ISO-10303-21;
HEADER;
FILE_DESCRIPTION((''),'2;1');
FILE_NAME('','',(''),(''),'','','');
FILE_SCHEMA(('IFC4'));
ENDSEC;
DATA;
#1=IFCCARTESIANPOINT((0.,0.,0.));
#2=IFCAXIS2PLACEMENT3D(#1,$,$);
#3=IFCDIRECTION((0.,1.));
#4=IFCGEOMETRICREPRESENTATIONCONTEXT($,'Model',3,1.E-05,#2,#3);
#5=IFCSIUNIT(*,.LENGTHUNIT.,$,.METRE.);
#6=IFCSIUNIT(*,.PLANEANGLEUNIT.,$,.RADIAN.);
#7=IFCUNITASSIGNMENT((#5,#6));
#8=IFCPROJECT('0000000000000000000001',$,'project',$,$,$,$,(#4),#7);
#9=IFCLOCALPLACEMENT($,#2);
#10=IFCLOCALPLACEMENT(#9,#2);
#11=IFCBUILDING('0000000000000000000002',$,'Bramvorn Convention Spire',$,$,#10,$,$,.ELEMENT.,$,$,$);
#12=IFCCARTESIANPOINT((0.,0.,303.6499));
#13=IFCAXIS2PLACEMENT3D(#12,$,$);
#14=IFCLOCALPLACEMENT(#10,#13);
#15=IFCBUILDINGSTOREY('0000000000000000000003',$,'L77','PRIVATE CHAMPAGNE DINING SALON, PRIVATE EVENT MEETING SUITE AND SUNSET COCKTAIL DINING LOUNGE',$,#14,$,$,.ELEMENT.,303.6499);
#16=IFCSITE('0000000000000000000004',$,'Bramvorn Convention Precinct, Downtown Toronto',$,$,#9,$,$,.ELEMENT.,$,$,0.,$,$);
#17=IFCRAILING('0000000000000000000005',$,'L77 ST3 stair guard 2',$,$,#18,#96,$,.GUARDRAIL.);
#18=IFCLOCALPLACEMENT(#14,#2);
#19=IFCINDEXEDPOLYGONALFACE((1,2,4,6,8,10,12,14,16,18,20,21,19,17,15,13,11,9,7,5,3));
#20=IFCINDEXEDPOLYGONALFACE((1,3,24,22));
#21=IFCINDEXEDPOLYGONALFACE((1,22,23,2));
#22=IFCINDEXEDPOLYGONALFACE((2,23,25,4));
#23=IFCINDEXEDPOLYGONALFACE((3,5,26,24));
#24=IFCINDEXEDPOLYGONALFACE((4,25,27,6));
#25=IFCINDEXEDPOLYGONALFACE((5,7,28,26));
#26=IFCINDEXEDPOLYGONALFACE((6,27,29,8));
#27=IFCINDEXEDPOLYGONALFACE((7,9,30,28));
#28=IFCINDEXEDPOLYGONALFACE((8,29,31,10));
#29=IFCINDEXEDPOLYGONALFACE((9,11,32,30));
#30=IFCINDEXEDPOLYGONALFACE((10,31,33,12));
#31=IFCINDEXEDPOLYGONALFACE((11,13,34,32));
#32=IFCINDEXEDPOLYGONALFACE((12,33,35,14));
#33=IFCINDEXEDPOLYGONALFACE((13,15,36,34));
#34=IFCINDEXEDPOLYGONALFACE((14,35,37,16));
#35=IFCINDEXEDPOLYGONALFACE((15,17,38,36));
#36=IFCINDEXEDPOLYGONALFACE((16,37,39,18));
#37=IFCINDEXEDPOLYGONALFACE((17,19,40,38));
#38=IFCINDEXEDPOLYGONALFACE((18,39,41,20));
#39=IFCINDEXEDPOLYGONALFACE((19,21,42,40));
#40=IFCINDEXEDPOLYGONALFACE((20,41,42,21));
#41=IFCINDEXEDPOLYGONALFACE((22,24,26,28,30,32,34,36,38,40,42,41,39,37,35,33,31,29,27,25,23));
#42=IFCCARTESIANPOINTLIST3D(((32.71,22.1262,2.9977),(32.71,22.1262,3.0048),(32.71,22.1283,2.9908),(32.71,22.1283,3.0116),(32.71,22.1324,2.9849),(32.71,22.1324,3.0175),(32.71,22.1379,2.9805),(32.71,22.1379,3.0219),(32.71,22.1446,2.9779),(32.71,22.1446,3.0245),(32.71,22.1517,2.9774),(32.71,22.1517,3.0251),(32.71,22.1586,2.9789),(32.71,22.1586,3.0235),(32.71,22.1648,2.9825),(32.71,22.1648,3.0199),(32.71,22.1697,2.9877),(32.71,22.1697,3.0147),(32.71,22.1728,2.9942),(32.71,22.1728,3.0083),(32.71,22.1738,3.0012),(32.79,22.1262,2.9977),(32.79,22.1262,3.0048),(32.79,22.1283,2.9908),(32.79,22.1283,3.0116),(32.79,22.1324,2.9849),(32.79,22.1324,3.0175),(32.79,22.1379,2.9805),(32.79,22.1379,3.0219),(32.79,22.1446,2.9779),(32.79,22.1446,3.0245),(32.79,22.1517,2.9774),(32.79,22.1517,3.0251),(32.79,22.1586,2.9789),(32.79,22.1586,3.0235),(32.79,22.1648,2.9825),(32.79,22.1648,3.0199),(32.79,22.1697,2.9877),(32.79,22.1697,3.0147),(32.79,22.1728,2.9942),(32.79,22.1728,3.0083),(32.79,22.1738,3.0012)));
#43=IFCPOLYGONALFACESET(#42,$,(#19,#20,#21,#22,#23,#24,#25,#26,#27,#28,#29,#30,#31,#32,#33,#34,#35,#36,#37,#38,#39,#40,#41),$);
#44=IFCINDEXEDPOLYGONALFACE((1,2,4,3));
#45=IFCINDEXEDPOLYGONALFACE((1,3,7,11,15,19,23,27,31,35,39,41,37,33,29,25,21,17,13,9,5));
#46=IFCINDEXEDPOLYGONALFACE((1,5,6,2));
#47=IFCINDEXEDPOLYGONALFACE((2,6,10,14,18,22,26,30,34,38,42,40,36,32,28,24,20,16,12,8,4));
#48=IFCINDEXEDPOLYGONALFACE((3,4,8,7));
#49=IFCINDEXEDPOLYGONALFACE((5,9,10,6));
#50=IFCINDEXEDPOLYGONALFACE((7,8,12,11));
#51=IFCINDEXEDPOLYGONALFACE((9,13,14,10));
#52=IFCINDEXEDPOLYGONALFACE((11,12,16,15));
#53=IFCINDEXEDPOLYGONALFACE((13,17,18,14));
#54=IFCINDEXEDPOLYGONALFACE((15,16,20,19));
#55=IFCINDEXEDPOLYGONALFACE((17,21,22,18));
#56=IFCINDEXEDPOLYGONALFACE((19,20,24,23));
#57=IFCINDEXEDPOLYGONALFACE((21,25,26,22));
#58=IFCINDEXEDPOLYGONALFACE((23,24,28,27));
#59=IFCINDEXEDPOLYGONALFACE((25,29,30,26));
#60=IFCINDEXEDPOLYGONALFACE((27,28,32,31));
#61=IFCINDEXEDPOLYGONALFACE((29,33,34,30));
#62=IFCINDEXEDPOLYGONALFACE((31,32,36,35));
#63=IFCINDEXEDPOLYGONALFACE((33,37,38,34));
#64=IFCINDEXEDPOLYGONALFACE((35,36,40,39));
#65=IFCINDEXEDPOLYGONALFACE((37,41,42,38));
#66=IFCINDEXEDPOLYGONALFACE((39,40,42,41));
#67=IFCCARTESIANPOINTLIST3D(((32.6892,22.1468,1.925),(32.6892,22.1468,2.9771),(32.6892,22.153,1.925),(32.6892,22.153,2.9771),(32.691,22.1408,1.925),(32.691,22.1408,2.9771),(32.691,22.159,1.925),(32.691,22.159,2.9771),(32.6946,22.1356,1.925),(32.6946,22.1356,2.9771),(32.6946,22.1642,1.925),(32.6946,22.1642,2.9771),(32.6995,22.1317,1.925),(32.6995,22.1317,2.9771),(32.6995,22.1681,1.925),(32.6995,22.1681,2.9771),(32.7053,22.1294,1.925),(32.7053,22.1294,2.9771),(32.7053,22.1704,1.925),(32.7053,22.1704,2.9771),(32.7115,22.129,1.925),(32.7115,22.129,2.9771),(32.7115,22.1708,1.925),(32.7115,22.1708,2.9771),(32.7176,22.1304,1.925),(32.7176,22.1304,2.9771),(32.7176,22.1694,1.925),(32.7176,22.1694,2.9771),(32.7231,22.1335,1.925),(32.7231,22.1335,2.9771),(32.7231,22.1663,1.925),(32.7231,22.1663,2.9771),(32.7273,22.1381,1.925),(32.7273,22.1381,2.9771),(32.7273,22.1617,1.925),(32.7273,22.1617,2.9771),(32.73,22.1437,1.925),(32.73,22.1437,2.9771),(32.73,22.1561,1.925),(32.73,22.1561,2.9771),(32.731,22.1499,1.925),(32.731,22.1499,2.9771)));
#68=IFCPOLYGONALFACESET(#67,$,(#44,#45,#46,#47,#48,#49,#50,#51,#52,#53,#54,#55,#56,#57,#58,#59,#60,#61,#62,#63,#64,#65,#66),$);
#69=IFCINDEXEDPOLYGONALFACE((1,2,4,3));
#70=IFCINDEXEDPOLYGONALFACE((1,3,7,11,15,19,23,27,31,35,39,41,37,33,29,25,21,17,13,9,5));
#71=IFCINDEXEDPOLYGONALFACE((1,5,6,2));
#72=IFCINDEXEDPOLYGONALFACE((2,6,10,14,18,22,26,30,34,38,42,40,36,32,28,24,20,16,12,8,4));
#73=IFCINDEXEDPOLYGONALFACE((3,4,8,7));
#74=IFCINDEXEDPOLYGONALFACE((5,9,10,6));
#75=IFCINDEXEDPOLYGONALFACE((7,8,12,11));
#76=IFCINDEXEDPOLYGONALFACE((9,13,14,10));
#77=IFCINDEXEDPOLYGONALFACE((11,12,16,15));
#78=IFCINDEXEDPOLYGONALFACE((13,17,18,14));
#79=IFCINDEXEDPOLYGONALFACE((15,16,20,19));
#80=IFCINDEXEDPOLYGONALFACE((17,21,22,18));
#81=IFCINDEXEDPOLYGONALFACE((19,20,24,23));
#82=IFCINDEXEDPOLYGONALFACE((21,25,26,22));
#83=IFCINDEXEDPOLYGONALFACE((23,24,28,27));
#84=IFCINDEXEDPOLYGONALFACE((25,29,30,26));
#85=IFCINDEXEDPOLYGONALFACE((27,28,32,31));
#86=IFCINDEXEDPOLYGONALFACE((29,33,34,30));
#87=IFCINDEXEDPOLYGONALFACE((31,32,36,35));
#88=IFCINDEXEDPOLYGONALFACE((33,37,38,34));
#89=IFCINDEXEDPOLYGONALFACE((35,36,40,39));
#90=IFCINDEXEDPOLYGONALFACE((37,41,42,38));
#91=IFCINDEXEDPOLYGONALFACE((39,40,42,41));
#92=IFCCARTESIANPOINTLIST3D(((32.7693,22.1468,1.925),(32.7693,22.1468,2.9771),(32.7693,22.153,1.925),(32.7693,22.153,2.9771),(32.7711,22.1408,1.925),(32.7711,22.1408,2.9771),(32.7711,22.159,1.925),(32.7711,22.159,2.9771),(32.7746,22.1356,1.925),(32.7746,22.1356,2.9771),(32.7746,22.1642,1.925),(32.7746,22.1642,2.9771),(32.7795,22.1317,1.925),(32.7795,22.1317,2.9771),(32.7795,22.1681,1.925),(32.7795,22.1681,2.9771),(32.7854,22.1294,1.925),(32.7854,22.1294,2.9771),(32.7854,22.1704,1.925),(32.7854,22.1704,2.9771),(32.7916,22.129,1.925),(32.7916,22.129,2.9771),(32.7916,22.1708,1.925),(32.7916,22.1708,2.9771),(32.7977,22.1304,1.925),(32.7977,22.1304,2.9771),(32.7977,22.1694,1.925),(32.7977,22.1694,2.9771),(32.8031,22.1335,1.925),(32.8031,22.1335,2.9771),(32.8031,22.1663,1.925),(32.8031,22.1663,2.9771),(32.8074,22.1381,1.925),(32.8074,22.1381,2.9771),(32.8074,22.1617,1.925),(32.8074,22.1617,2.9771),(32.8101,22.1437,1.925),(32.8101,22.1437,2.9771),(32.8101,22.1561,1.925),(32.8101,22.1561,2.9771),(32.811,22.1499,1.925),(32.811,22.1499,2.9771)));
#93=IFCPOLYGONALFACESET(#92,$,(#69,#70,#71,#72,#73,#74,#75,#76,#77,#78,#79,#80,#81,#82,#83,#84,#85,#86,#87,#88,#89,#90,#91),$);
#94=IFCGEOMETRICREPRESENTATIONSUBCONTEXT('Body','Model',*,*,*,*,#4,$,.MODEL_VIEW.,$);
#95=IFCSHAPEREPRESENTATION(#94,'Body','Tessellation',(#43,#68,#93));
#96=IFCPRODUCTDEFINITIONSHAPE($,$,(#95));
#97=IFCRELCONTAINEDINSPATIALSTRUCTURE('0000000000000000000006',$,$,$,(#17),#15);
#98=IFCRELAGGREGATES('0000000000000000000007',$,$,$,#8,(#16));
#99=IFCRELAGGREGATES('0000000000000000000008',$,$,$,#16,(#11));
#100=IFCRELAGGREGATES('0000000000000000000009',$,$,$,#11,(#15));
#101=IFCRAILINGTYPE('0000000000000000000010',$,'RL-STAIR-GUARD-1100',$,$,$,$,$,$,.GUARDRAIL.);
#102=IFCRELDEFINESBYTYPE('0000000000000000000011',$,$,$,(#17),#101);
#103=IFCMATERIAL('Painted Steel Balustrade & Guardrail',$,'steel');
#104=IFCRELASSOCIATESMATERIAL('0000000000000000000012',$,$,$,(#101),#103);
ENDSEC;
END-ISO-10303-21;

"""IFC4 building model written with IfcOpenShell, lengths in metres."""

from ifc_helpers import new_model, si_unit, direction, frame, origin, origin_2d, place, context, subcontext, project, spatial, circle, extrude, material, type_object, element, save


model = new_model("IFC4")

# Units and contexts
model_context = context("Model", 3, precision=1e-05, world=origin(), true_north=direction((0.0, 1.0)))
body_context = subcontext(model_context, "Body", "Model", "MODEL_VIEW")
ifc_project = project(units=[si_unit("LENGTHUNIT", "METRE"), si_unit("PLANEANGLEUNIT", "RADIAN")], contexts=[model_context])

# Site, building, storey
site_placement = place(None, origin())
site = spatial("IfcSite", under=ifc_project, at=site_placement, Name="Bramvorn Convention Precinct, Downtown Toronto", CompositionType="ELEMENT", RefElevation=0.0)
building_placement = place(site_placement, origin())
building = spatial("IfcBuilding", under=site, at=building_placement, Name="Bramvorn Convention Spire", CompositionType="ELEMENT")
storey_placement = place(building_placement, frame((0.0, 0.0, 303.6499)))
storey = spatial("IfcBuildingStorey", under=building, at=storey_placement, Name="L77", Description="PRIVATE CHAMPAGNE DINING SALON, PRIVATE EVENT MEETING SUITE AND SUNSET COCKTAIL DINING LOUNGE", CompositionType="ELEMENT", Elevation=303.6499)

# Railing
ifc_material_1 = material(Name="Painted Steel Balustrade & Guardrail", Category="steel")
railing_type_1 = type_object("IfcRailingType", Name="RL-STAIR-GUARD-1100", PredefinedType="GUARDRAIL", material=ifc_material_1)
railing_1_placement = place(storey_placement, frame((32.71, 22.1499, 1.925)))
element("IfcRailing", 1, at=railing_1_placement, inside=storey, type_object=railing_type_1, Name="L77 ST3 stair guard 2", PredefinedType="GUARDRAIL", context=body_context, shape_type="SweptSolid", body=[
    extrude(circle(Radius=0.0239, at=origin_2d()), frame((0.0, 0.0, 1.0762), z_axis=(1.0, 0.0, 0.0), x_axis=(0.0, 1.0, 0.0)), (0.0, 0.0, 1.0), 0.0801),
    extrude(circle(Radius=0.021, at=origin_2d()), origin(), (0.0, 0.0, 1.0), 1.052),
    extrude(circle(Radius=0.021, at=origin_2d()), frame((0.0801, 0.0, 0.0)), (0.0, 0.0, 1.0), 1.052),
])

save(model, "model.ifc")
